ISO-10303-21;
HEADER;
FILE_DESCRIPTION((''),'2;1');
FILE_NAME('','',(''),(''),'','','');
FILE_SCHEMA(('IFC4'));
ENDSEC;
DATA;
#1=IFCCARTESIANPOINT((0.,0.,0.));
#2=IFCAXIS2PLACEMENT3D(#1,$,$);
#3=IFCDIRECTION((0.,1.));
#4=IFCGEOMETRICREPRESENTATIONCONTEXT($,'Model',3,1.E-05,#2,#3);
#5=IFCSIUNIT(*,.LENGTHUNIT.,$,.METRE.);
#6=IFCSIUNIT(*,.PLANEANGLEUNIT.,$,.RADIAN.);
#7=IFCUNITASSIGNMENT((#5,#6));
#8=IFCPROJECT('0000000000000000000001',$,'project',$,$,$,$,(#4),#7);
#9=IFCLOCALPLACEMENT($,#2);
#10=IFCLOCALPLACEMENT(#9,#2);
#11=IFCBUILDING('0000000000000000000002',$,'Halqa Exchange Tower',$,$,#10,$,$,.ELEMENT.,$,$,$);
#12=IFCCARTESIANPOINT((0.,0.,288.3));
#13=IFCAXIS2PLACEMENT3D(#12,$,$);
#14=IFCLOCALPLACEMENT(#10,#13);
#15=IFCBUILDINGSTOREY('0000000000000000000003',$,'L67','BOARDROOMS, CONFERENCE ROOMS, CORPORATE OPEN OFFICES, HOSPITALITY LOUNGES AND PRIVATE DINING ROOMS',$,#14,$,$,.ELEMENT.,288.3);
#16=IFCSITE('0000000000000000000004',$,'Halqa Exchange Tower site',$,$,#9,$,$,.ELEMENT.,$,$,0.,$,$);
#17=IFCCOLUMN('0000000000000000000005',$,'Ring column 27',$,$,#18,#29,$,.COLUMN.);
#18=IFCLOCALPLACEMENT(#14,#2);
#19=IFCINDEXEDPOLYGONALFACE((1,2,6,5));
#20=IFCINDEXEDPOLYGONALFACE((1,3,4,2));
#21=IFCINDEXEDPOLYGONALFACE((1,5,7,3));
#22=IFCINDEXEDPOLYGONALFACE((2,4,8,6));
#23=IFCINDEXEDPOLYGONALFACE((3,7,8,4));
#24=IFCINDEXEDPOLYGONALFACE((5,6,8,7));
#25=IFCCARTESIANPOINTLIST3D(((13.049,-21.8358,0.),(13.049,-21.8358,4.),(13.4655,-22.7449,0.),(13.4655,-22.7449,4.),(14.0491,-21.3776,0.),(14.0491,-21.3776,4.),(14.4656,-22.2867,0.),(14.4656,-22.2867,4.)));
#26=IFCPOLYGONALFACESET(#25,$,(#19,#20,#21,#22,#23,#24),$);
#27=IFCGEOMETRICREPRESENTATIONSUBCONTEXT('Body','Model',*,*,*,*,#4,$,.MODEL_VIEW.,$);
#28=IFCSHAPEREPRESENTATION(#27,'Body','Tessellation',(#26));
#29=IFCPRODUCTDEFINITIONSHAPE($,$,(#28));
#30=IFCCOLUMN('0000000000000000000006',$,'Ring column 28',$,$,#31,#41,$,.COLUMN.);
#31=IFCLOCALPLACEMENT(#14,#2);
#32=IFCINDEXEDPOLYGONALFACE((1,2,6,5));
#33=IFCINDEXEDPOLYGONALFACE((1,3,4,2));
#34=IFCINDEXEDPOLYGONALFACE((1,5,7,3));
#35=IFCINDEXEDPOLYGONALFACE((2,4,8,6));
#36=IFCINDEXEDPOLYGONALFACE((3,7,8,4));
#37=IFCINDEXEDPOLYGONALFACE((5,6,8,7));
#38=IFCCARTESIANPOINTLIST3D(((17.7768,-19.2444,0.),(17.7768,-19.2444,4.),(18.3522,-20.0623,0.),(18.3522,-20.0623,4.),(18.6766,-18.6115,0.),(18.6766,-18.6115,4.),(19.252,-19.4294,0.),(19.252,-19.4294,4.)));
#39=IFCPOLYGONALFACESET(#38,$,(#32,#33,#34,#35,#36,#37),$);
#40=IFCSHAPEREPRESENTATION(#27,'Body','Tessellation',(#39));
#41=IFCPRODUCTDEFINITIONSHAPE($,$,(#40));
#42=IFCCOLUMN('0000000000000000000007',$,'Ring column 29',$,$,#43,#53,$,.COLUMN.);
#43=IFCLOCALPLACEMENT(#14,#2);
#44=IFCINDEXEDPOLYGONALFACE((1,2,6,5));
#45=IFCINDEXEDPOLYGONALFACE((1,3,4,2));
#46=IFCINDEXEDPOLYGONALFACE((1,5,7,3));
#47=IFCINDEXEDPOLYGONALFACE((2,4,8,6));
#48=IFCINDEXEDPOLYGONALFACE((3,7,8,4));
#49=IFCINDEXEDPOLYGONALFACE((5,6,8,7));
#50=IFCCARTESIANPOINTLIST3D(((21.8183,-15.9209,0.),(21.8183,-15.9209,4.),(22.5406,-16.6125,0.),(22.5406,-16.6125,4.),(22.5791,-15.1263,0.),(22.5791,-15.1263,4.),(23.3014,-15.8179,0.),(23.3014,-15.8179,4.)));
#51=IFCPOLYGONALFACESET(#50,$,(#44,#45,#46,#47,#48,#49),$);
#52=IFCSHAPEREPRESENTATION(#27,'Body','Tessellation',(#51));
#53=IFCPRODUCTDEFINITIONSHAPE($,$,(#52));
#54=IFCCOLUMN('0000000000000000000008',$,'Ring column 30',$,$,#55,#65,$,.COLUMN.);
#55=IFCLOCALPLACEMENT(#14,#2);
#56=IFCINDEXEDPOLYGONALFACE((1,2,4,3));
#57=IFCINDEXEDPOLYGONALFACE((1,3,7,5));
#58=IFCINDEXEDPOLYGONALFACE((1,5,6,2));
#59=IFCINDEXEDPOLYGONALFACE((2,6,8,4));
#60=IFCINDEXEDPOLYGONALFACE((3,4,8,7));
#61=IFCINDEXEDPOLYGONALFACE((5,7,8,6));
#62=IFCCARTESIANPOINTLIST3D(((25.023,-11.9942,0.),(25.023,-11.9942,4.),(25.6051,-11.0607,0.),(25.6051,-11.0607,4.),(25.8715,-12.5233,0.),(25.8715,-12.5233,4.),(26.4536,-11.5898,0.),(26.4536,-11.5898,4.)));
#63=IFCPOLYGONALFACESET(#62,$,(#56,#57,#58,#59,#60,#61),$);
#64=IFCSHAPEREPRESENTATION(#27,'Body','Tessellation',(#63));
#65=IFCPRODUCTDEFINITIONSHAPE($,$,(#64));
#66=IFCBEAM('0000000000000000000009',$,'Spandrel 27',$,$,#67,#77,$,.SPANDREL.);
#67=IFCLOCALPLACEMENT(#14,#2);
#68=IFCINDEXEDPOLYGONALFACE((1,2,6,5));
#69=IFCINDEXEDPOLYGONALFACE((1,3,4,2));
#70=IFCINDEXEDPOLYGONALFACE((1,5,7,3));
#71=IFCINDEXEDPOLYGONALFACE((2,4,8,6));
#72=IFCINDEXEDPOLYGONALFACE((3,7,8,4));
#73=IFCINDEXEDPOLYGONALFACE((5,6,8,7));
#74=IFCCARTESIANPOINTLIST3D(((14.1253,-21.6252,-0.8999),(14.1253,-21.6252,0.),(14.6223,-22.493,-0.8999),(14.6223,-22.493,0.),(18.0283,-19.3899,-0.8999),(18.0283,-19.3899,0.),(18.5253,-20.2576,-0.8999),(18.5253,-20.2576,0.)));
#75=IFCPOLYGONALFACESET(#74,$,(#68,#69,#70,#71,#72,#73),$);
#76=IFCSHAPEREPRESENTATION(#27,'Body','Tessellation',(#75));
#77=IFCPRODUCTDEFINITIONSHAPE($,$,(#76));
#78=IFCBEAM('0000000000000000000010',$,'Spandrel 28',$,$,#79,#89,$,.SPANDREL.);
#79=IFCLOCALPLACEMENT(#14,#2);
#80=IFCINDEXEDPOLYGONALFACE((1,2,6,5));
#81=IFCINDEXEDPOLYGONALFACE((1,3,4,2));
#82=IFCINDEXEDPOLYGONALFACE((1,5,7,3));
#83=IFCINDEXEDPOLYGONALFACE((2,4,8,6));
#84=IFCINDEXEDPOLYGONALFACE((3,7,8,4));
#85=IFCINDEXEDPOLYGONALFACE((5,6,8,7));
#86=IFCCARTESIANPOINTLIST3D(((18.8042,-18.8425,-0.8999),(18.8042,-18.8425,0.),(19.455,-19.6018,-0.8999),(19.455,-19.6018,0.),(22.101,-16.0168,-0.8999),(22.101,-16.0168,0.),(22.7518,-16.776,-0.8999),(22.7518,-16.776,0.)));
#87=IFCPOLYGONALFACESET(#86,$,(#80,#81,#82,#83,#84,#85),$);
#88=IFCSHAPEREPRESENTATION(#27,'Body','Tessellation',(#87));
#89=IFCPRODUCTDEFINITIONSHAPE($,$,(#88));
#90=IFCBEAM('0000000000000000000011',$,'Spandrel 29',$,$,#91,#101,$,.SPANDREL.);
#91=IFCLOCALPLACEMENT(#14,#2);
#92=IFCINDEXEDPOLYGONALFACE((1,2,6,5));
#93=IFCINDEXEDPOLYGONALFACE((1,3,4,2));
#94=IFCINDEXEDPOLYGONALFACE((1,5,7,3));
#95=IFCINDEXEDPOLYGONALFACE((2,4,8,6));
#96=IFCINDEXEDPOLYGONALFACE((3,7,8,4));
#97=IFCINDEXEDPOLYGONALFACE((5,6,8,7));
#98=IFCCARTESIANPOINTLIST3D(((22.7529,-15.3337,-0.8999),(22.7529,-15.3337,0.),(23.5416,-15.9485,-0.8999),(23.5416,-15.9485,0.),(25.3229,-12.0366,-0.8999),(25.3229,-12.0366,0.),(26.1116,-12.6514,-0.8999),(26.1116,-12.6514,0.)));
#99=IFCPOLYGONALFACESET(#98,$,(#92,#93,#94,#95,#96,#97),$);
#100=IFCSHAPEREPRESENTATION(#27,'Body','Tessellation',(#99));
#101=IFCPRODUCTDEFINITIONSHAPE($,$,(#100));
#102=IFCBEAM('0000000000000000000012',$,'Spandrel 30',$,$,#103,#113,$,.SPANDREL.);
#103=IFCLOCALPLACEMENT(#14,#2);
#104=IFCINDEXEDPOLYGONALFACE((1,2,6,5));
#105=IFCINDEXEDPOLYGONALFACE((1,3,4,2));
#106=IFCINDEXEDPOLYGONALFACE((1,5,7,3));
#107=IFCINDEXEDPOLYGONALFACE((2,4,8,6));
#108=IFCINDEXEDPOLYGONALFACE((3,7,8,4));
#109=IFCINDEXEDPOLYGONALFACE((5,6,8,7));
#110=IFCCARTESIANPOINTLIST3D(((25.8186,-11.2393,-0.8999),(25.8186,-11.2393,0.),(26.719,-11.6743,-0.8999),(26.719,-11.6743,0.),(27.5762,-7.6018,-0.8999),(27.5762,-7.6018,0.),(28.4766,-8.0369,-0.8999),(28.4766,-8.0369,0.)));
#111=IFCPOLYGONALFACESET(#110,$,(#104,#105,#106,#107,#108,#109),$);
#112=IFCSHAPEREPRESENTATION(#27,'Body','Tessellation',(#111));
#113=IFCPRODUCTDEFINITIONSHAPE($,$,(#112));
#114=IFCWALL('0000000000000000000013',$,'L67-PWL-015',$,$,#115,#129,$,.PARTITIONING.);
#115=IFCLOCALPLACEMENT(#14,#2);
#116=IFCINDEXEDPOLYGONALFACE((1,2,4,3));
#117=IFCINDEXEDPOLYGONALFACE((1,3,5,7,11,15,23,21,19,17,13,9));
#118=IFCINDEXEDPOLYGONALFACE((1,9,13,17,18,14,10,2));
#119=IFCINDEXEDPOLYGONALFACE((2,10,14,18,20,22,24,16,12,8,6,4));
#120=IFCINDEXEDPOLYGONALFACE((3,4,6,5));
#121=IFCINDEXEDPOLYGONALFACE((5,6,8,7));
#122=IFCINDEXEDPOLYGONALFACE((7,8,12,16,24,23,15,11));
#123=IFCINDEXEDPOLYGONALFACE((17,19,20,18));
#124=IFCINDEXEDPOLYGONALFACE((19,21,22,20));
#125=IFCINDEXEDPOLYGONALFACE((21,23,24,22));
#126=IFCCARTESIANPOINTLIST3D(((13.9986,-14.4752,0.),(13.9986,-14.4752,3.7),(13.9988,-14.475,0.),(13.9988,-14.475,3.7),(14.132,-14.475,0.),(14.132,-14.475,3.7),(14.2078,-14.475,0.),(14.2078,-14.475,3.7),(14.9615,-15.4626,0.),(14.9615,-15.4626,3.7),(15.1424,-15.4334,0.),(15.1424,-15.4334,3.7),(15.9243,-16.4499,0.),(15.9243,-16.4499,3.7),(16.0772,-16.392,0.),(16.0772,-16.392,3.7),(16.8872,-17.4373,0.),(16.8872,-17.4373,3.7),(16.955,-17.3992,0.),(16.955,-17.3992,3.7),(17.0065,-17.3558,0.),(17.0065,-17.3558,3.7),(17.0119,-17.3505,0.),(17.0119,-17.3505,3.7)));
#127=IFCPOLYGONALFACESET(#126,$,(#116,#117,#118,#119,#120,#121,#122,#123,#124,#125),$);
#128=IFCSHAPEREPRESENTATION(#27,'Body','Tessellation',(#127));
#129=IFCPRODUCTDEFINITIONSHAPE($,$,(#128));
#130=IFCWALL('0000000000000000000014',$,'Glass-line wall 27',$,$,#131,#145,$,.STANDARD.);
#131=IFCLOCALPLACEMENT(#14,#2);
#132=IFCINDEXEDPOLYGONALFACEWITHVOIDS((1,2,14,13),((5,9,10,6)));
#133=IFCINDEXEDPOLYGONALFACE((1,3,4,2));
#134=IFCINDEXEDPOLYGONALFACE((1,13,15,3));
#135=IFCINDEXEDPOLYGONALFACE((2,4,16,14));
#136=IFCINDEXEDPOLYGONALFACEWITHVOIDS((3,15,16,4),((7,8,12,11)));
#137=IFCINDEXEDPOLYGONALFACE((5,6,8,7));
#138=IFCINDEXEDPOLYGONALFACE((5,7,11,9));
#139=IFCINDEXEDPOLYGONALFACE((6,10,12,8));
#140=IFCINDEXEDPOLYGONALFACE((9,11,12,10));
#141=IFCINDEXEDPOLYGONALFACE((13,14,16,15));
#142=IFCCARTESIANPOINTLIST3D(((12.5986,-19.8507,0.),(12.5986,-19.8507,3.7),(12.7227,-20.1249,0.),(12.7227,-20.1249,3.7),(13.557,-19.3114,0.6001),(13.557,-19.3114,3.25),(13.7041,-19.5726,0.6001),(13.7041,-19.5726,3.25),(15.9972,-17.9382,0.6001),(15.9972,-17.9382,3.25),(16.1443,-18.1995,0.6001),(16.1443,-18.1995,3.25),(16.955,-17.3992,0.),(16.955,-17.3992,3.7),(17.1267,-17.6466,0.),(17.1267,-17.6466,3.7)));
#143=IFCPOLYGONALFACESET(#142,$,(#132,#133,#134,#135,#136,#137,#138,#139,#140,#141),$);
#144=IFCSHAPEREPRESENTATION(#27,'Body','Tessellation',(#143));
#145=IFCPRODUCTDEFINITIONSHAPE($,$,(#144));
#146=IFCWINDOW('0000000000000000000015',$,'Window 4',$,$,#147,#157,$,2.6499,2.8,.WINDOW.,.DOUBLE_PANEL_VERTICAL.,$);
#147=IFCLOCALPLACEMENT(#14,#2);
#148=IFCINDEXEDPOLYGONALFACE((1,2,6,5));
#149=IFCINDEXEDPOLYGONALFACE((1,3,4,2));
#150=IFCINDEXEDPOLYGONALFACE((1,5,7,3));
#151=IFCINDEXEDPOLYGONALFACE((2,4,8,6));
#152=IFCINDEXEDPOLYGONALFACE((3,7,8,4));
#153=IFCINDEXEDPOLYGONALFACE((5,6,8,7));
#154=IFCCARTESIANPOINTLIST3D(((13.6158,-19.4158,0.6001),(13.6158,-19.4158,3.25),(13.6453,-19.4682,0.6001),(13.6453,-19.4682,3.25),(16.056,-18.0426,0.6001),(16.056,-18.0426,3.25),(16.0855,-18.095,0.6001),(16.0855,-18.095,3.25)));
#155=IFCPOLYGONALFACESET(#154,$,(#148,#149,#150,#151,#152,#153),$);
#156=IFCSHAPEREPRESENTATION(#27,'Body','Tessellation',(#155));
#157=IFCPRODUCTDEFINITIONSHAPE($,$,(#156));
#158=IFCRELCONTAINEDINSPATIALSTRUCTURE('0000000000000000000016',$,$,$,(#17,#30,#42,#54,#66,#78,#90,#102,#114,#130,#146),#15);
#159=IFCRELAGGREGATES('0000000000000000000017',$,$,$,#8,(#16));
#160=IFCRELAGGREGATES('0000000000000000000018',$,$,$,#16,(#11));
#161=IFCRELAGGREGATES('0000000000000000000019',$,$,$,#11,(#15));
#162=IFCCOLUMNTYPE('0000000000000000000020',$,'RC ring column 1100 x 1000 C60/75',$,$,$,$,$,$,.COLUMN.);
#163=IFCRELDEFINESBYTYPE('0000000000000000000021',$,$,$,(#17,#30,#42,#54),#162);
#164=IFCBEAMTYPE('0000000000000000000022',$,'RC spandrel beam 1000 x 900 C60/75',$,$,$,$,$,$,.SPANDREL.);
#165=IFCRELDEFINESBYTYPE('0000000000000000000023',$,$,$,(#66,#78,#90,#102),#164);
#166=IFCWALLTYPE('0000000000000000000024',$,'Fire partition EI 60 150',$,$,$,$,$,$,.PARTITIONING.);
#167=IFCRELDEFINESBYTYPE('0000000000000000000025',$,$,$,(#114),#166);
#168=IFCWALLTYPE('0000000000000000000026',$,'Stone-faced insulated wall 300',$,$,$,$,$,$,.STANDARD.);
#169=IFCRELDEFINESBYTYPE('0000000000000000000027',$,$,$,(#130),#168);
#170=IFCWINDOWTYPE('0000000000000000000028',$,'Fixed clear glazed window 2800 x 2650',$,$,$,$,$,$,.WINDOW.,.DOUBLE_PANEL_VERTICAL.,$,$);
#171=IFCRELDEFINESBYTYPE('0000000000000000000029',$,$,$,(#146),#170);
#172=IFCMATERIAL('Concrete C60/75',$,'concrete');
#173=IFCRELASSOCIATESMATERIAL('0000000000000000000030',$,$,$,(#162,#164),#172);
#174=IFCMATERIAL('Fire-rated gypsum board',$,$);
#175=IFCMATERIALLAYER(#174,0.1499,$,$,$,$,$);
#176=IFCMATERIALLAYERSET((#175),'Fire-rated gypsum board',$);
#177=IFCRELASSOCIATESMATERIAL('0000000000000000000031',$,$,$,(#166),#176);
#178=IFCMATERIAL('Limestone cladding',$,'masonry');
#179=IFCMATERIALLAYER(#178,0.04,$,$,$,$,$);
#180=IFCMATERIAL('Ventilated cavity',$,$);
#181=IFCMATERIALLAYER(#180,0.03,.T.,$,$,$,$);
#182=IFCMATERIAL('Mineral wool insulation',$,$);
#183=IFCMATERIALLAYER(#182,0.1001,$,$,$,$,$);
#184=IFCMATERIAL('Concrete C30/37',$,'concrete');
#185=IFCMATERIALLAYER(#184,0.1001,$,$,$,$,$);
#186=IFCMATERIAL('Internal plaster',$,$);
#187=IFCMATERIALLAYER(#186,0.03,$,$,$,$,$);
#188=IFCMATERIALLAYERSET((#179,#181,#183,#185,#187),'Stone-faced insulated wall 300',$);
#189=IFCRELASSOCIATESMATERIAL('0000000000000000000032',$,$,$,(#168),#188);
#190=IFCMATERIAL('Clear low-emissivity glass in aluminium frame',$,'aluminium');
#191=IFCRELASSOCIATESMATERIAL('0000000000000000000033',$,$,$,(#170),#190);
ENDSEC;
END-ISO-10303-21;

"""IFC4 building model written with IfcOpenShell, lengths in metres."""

from ifc_helpers import new_model, si_unit, direction, frame, frame_2d, origin, origin_2d, place, context, subcontext, project, spatial, polyline, rectangle, outline, extrude, material, layer, layer_set, material_profile, profile_set, type_object, element, fill, save


model = new_model("IFC4")

# Units and contexts
model_context = context("Model", 3, precision=1e-05, world=origin(), true_north=direction((0.0, 1.0)))
body_context = subcontext(model_context, "Body", "Model", "MODEL_VIEW")
ifc_project = project(units=[si_unit("LENGTHUNIT", "METRE"), si_unit("PLANEANGLEUNIT", "RADIAN")], contexts=[model_context])

# Site, building, storey
site_placement = place(None, origin())
site = spatial("IfcSite", under=ifc_project, at=site_placement, Name="Halqa Exchange Tower site", CompositionType="ELEMENT", RefElevation=0.0)
building_placement = place(site_placement, origin())
building = spatial("IfcBuilding", under=site, at=building_placement, Name="Halqa Exchange Tower", CompositionType="ELEMENT")
storey_placement = place(building_placement, frame((0.0, 0.0, 288.3)))
storey = spatial("IfcBuildingStorey", under=building, at=storey_placement, Name="L67", Description="BOARDROOMS, CONFERENCE ROOMS, CORPORATE OPEN OFFICES, HOSPITALITY LOUNGES AND PRIVATE DINING ROOMS", CompositionType="ELEMENT", Elevation=288.3)

# Columns
ifc_material_1 = material(Name="Concrete C60/75", Category="concrete")
ifc_material_profile_1 = material_profile(ifc_material_1, rectangle(XDim=1.1001, YDim=1.0, at=origin_2d()), Name="1100 x 1000")
ifc_profile_set_1 = profile_set([ifc_material_profile_1], Name="Concrete C60/75")
column_type = type_object("IfcColumnType", Name="RC ring column 1100 x 1000 C60/75", PredefinedType="COLUMN", material=ifc_profile_set_1)
for number, where, z_axis, x_axis, name in (
    (1, (13.7573, -22.0613, 0.0), (0.0, 0.0, 1.0), (0.909129, 0.416516, 0.0), "Ring column 27"),
    (2, (18.5144, -19.3369, 0.0), (0.0, 0.0, 1.0), (0.817906, 0.575352, 0.0), "Ring column 28"),
    (3, (22.5598, -15.8694, 0.0), (0.0, 0.0, 1.0), (0.691575, 0.722305, 0.0), "Ring column 29"),
    (4, (25.7383, -11.792, 0.0), (0.0, 0.0, 1.0), (0.529142, 0.848533, 0.0), "Ring column 30"),
):
    element("IfcColumn", number, at=place(storey_placement, frame(where, z_axis=z_axis, x_axis=x_axis)), inside=storey, type_object=column_type, Name=name, PredefinedType="COLUMN", context=body_context, shape_type="SweptSolid", body=[
        extrude(rectangle(XDim=1.1001, YDim=1.0, at=origin_2d()), origin(), (0.0, 0.0, 1.0), 4.0),
    ])

# Beams
ifc_material_profile_2 = material_profile(ifc_material_1, rectangle(XDim=1.0, YDim=0.8999, at=origin_2d()), Name="1000 x 900")
ifc_profile_set_2 = profile_set([ifc_material_profile_2], Name="Concrete C60/75")
beam_type = type_object("IfcBeamType", Name="RC spandrel beam 1000 x 900 C60/75", PredefinedType="SPANDREL", material=ifc_profile_set_2)
beam_1_placement = place(storey_placement, frame((14.3738, -22.0591, -0.45), z_axis=(0.867762, 0.49698, 0.0), x_axis=(-0.49698, 0.867762, 0.0)))
element("IfcBeam", 5, at=beam_1_placement, inside=storey, type_object=beam_type, Name="Spandrel 27", PredefinedType="SPANDREL", context=body_context, shape_type="SweptSolid", body=[
    extrude(rectangle(XDim=1.0, YDim=0.8999, at=origin_2d()), origin(), (0.0, 0.0, 1.0), 4.4978),
])
beam_2_placement = place(storey_placement, frame((19.1296, -19.2222, -0.45), z_axis=(0.759257, 0.650791, 0.0), x_axis=(-0.650791, 0.759257, 0.0)))
element("IfcBeam", 6, at=beam_2_placement, inside=storey, type_object=beam_type, Name="Spandrel 28", PredefinedType="SPANDREL", context=body_context, shape_type="SweptSolid", body=[
    extrude(rectangle(XDim=1.0, YDim=0.8999, at=origin_2d()), origin(), (0.0, 0.0, 1.0), 4.342),
])
beam_3_placement = place(storey_placement, frame((23.1472, -15.6411, -0.45), z_axis=(0.614781, 0.788698, 0.0), x_axis=(-0.788698, 0.614781, 0.0)))
element("IfcBeam", 7, at=beam_3_placement, inside=storey, type_object=beam_type, Name="Spandrel 29", PredefinedType="SPANDREL", context=body_context, shape_type="SweptSolid", body=[
    extrude(rectangle(XDim=1.0, YDim=0.8999, at=origin_2d()), origin(), (0.0, 0.0, 1.0), 4.1804),
])
beam_4_placement = place(storey_placement, frame((26.2688, -11.4568, -0.45), z_axis=(0.435062, 0.900401, 0.0), x_axis=(-0.900401, 0.435062, 0.0)))
element("IfcBeam", 8, at=beam_4_placement, inside=storey, type_object=beam_type, Name="Spandrel 30", PredefinedType="SPANDREL", context=body_context, shape_type="SweptSolid", body=[
    extrude(rectangle(XDim=1.0, YDim=0.8999, at=origin_2d()), origin(), (0.0, 0.0, 1.0), 4.0398),
])

# Shared definitions
ifc_material_2 = material(Name="Fire-rated gypsum board")
ifc_layer_1 = layer(ifc_material_2, 0.1499)
ifc_layer_set_1 = layer_set([ifc_layer_1], Name="Fire-rated gypsum board")
wall_type_1 = type_object("IfcWallType", Name="Fire partition EI 60 150", PredefinedType="PARTITIONING", material=ifc_layer_set_1)

# Wall
wall_1_placement = place(storey_placement, frame((16.9583, -17.4028, 0.0), z_axis=(0.0, 0.0, 1.0), x_axis=(-0.698165, 0.715937, 0.0)))
element("IfcWall", 9, at=wall_1_placement, inside=storey, type_object=wall_type_1, Name="L67-PWL-015", PredefinedType="PARTITIONING", context=body_context, shape_type="SweptSolid", body=[
    extrude(outline(polyline([(0.0, -0.075), (1.3389, -0.075), (2.6777, -0.075), (4.0164, -0.075), (4.0693, -0.0208), (4.0693, -0.0208), (4.1624, 0.0747), (4.1624, 0.075), (2.7832, 0.075), (1.4041, 0.075), (0.0249, 0.075), (0.0049, -0.0002), (0.0, -0.0674), (0.0, -0.075)])), origin(), (0.0, 0.0, 1.0), 3.7),
])

# Wall, opening, window
ifc_material_3 = material(Name="Limestone cladding", Category="masonry")
ifc_layer_2 = layer(ifc_material_3, 0.04)
ifc_material_4 = material(Name="Ventilated cavity")
ifc_layer_3 = layer(ifc_material_4, 0.03, ventilated=True)
ifc_material_5 = material(Name="Mineral wool insulation")
ifc_layer_4 = layer(ifc_material_5, 0.1001)
ifc_material_6 = material(Name="Concrete C30/37", Category="concrete")
ifc_layer_5 = layer(ifc_material_6, 0.1001)
ifc_material_7 = material(Name="Internal plaster")
ifc_layer_6 = layer(ifc_material_7, 0.03)
ifc_layer_set_2 = layer_set([ifc_layer_2, ifc_layer_3, ifc_layer_4, ifc_layer_5, ifc_layer_6], Name="Stone-faced insulated wall 300")
wall_type_2 = type_object("IfcWallType", Name="Stone-faced insulated wall 300", PredefinedType="STANDARD", material=ifc_layer_set_2)
wall_2_placement = place(storey_placement, frame((12.6606, -19.9878, 0.0), z_axis=(0.0, 0.0, 1.0), x_axis=(0.871489, 0.490416, 0.0)))
wall_2 = element("IfcWall", 10, at=wall_2_placement, inside=storey, type_object=wall_type_2, Name="Glass-line wall 27", PredefinedType="STANDARD", context=body_context, shape_type="SweptSolid", body=[
    extrude(outline(polyline([(-0.0132, -0.1499), (5.0403, -0.1499), (5.012, 0.1499), (0.0132, 0.1499), (-0.0132, -0.1499)])), origin(), (0.0, 0.0, 1.0), 3.7),
])
opening_1_placement = place(wall_2_placement, frame((1.113, 0.0, 0.6001)))
opening_1 = element("IfcOpeningElement", 11, at=opening_1_placement, cuts=wall_2, PredefinedType="OPENING", context=body_context, shape_type="SweptSolid", body=[
    extrude(rectangle(XDim=2.8, YDim=2.6499, at=frame_2d((1.3999, 1.325))), frame((0.0, 0.1621, 0.0), z_axis=(0.0, -1.0, 0.0), x_axis=(1.0, 0.0, 0.0)), (0.0, 0.0, 1.0), 0.324),
])
ifc_material_8 = material(Name="Clear low-emissivity glass in aluminium frame", Category="aluminium")
window_type = type_object("IfcWindowType", Name="Fixed clear glazed window 2800 x 2650", PartitioningType="DOUBLE_PANEL_VERTICAL", PredefinedType="WINDOW", material=ifc_material_8)
window_1_placement = place(opening_1_placement, origin())
window_1 = element("IfcWindow", 12, at=window_1_placement, inside=storey, type_object=window_type, Name="Window 4", OverallHeight=2.6499, OverallWidth=2.8, PartitioningType="DOUBLE_PANEL_VERTICAL", PredefinedType="WINDOW", context=body_context, shape_type="SweptSolid", body=[
    extrude(rectangle(XDim=2.8, YDim=2.6499, at=frame_2d((1.3999, 1.325))), frame((0.0, 0.03, 0.0), z_axis=(0.0, -1.0, 0.0), x_axis=(1.0, 0.0, 0.0)), (0.0, 0.0, 1.0), 0.0601),
])
fill(opening_1, window_1)

save(model, "model.ifc")
